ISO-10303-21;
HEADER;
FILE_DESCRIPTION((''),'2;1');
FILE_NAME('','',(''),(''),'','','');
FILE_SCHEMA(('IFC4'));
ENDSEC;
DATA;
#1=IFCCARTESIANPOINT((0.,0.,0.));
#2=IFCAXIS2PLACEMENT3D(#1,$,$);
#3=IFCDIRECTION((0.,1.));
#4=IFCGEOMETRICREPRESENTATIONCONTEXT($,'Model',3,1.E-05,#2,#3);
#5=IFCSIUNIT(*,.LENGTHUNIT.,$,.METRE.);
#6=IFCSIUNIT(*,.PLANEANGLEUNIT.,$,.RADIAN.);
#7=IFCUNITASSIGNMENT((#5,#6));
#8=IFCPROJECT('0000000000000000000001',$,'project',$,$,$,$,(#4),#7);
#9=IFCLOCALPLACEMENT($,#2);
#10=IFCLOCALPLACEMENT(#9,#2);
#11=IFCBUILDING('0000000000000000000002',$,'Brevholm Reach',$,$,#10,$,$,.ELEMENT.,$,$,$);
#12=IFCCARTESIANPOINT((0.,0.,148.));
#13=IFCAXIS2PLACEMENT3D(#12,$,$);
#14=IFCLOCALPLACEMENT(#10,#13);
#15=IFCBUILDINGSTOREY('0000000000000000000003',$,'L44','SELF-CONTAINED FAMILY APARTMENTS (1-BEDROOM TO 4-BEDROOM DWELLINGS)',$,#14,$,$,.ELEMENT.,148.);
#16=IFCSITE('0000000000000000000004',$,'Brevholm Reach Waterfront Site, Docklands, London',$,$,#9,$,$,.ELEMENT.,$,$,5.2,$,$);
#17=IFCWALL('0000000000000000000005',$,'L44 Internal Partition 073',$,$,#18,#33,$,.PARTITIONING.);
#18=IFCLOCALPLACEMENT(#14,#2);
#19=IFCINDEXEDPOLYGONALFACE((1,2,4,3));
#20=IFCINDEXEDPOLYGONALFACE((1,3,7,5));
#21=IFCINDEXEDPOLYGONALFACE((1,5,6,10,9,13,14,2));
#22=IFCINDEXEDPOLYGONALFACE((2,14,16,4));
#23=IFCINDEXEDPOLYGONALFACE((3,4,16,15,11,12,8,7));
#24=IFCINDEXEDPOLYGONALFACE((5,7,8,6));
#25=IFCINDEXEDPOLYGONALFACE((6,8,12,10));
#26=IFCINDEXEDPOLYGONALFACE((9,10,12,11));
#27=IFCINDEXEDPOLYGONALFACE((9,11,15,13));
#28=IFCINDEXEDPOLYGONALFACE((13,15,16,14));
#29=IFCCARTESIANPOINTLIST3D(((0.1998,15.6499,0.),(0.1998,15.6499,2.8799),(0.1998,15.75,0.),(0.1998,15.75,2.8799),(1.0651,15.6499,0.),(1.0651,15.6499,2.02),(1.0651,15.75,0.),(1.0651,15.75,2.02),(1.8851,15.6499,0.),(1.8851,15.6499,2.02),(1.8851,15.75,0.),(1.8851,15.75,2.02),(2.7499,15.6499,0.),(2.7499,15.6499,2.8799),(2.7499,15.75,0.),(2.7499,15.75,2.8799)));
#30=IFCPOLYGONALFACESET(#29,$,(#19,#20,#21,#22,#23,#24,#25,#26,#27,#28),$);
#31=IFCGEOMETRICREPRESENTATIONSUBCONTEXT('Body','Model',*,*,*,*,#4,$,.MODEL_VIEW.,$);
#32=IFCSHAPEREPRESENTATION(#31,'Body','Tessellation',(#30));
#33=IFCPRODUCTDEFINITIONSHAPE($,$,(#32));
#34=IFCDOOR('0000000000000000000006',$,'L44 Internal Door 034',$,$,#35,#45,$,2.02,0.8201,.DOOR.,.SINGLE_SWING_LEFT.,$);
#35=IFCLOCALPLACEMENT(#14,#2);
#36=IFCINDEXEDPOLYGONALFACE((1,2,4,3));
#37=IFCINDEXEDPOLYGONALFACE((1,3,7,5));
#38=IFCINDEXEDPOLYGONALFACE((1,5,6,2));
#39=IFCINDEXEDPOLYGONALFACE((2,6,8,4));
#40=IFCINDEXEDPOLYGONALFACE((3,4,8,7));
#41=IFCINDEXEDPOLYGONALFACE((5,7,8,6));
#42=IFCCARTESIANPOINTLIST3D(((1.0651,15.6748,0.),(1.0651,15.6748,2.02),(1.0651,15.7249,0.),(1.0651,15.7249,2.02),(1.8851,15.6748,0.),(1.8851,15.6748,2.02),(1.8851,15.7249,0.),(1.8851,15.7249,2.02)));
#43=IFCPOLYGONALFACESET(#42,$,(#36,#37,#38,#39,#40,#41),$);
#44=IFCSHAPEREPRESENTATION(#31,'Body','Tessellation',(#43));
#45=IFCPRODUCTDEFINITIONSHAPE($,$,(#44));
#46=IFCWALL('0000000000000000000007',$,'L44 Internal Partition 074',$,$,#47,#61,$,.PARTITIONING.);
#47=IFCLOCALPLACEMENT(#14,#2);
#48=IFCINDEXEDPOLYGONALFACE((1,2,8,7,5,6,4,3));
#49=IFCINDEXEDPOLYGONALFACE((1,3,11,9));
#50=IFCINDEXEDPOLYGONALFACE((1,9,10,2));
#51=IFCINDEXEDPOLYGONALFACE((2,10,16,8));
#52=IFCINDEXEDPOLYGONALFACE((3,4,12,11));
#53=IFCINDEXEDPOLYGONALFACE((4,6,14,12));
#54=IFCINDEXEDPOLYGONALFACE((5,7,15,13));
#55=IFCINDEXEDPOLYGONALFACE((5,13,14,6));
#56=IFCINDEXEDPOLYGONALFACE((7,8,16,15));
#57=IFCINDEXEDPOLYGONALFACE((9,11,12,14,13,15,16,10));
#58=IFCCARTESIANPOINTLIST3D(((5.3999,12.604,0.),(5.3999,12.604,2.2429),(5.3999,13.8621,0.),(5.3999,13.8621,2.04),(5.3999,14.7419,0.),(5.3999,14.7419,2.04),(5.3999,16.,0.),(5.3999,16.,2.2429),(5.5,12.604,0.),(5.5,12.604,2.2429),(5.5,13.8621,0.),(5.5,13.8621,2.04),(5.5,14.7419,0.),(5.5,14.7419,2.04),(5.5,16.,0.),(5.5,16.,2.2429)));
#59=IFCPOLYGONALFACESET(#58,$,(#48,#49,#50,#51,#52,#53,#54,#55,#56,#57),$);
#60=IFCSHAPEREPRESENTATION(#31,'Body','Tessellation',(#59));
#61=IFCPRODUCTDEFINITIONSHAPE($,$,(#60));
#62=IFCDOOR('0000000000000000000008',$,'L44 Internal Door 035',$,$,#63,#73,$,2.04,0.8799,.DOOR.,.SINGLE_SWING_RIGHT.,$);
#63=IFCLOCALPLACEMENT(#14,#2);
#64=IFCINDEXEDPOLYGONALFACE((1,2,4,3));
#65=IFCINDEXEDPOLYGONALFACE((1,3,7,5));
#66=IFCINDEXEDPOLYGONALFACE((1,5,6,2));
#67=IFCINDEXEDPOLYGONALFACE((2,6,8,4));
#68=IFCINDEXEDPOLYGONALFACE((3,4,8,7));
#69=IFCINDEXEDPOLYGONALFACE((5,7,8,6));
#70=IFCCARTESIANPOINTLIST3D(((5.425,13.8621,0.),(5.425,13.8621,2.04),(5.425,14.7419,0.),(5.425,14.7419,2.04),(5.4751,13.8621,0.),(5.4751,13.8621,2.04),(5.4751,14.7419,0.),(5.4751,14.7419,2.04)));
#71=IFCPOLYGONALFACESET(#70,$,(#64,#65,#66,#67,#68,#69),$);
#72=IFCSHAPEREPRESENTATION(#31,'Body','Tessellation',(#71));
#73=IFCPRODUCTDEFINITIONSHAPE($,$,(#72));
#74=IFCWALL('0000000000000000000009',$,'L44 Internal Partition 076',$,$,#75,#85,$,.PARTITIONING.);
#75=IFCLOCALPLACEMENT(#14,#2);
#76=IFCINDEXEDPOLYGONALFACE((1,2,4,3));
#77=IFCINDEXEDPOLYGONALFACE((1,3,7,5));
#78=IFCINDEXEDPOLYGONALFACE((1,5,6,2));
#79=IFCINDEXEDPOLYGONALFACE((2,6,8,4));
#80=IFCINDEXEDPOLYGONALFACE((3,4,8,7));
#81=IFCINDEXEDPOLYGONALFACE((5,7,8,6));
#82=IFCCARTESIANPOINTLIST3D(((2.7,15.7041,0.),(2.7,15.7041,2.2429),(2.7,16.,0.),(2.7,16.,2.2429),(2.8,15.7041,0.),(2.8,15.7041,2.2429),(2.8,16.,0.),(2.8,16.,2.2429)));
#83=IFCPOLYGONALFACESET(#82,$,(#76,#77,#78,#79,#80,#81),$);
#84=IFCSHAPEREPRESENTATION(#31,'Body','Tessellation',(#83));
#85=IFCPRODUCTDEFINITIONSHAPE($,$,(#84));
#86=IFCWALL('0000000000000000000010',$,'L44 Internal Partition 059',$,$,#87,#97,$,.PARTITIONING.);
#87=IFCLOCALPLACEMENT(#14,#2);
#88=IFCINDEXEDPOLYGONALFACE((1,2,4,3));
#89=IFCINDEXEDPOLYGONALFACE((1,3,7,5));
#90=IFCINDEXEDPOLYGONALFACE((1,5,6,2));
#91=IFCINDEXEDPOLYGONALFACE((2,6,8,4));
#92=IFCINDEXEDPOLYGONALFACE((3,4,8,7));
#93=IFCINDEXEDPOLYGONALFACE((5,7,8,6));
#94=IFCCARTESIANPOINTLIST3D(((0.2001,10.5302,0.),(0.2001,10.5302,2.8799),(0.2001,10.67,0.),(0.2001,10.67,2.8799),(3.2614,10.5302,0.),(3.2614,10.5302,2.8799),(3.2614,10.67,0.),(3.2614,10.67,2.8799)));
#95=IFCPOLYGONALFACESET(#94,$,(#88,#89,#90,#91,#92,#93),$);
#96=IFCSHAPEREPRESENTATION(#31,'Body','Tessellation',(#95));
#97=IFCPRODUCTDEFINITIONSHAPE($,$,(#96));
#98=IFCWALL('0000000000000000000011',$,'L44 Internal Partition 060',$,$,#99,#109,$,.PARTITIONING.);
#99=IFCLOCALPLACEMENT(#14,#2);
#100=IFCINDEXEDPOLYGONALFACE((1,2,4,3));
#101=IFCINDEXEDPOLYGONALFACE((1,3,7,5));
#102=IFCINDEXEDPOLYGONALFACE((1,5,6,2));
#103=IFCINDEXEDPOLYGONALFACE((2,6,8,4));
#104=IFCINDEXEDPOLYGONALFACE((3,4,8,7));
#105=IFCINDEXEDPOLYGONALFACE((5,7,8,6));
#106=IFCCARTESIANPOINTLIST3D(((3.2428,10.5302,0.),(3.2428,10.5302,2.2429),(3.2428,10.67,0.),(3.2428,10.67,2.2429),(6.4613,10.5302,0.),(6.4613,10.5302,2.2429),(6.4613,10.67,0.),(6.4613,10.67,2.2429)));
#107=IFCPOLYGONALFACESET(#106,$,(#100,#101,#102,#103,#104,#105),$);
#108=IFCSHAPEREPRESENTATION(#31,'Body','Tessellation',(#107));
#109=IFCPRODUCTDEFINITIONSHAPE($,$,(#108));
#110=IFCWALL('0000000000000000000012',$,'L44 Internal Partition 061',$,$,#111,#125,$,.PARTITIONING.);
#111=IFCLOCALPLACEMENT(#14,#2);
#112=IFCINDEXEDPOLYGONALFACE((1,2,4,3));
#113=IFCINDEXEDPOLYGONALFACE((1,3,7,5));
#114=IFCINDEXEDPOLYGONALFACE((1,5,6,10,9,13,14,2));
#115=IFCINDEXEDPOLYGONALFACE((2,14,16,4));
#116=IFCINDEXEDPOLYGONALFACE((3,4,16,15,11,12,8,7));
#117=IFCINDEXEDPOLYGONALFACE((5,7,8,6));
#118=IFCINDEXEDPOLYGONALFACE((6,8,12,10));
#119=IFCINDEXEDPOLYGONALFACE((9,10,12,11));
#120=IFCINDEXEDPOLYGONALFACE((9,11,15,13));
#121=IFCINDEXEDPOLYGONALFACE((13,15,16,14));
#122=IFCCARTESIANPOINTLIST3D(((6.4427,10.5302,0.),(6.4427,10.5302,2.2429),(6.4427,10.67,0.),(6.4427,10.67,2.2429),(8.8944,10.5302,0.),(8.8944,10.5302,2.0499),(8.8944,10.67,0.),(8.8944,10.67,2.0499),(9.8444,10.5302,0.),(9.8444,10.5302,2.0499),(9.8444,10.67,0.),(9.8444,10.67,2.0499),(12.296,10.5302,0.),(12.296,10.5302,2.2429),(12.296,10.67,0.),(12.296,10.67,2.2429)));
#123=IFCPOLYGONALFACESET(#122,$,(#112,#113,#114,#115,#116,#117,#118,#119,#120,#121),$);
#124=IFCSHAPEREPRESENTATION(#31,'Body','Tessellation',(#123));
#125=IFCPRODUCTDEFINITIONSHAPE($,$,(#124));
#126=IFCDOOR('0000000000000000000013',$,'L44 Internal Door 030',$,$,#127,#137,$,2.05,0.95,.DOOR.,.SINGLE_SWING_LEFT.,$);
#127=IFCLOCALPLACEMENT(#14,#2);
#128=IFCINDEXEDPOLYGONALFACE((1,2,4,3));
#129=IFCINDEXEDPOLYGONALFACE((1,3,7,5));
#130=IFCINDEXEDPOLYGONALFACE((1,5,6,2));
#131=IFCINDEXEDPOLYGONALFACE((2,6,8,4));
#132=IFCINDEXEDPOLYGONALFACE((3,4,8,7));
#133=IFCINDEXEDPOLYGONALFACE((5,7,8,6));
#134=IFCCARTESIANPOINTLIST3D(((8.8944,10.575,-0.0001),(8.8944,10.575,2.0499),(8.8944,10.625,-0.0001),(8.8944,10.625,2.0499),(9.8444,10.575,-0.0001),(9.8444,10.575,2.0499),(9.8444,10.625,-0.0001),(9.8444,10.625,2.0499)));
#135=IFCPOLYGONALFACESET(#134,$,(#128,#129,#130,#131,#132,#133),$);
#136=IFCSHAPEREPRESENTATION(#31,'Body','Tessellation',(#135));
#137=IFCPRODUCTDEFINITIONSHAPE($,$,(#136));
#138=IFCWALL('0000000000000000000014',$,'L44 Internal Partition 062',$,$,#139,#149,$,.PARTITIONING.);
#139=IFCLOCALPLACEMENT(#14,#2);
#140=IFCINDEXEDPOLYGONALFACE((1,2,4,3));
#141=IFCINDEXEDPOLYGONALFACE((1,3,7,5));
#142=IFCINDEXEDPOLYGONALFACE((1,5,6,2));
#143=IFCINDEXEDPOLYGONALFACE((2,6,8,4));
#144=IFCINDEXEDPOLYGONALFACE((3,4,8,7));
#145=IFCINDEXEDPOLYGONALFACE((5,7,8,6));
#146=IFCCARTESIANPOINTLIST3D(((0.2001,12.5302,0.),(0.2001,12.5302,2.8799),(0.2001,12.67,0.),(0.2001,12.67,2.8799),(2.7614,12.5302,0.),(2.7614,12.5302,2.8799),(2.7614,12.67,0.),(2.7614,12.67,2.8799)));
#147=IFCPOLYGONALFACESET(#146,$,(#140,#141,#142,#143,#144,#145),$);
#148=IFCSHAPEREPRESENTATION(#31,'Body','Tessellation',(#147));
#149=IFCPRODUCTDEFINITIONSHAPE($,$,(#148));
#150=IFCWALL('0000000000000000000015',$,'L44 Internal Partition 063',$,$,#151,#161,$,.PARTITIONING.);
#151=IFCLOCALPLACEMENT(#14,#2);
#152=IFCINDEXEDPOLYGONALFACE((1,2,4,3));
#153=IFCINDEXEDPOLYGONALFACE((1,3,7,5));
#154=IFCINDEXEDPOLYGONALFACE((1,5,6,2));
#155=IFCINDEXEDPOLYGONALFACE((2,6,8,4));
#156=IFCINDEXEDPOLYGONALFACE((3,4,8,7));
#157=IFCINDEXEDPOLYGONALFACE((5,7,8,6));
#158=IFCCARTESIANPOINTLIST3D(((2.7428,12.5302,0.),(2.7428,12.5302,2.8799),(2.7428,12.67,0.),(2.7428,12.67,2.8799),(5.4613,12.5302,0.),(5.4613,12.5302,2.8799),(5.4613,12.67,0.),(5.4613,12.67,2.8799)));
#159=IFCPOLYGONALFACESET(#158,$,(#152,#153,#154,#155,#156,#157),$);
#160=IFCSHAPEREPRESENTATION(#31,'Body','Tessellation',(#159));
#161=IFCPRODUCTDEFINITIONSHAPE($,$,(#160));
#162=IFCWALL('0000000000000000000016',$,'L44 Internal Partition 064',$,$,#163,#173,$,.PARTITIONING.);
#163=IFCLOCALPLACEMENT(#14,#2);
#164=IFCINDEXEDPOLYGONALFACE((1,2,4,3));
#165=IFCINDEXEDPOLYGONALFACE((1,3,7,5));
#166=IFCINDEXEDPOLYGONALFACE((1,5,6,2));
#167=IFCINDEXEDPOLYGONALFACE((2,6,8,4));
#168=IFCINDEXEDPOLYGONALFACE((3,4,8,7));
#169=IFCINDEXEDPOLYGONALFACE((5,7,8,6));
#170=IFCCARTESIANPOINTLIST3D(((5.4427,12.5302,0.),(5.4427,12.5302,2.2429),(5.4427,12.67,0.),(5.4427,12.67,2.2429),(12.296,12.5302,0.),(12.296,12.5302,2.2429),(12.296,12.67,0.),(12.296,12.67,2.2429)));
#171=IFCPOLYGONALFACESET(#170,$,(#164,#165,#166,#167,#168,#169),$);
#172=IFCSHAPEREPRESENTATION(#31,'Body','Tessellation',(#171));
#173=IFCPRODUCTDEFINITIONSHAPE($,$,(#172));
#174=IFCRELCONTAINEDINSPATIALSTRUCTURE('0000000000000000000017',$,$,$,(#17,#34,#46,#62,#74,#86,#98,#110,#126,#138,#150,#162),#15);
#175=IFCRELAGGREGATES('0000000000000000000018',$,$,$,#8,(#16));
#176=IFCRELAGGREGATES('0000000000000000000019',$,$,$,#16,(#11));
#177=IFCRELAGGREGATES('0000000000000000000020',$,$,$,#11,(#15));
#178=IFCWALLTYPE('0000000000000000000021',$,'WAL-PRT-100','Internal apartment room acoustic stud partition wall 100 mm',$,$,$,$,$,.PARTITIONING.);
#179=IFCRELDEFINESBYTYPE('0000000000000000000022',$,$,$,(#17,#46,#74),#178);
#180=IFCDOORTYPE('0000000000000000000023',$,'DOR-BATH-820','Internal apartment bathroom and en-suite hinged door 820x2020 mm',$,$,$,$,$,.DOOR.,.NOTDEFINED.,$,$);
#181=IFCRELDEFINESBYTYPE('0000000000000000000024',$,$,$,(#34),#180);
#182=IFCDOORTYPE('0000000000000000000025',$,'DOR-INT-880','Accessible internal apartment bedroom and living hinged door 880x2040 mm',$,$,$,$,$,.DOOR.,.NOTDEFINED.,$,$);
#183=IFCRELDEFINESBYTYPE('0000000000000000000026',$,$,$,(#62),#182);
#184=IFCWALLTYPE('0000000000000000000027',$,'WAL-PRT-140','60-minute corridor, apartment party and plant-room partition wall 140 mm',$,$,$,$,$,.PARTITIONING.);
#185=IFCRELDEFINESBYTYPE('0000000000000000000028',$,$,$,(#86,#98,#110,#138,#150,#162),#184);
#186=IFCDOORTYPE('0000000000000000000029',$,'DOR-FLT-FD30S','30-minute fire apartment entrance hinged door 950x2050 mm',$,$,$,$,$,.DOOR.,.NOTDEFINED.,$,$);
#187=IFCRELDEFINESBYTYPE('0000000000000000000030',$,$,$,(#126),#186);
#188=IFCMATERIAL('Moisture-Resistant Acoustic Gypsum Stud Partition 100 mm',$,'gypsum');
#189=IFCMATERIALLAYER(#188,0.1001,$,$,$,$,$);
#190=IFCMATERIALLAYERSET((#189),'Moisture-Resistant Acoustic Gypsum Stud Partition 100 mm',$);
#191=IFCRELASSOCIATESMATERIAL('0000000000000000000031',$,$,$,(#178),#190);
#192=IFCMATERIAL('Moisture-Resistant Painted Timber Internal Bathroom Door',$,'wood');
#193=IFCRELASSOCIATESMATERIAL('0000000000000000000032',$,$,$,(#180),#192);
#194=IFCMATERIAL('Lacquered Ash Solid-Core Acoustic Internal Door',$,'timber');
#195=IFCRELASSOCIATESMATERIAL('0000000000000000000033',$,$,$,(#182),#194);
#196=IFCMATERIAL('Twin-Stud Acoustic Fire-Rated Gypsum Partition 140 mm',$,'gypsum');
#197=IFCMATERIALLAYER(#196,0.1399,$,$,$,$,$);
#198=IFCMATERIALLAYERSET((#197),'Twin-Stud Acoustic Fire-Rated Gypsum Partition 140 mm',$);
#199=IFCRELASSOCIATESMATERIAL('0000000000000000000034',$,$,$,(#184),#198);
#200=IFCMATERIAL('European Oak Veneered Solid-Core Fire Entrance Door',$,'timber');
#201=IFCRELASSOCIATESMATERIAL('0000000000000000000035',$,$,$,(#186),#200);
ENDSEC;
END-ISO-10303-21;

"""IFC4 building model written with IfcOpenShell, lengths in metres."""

from ifc_helpers import new_model, si_unit, direction, frame, frame_2d, origin, place, context, subcontext, project, spatial, rectangle, extrude, material, layer, layer_set, type_object, element, fill, save


model = new_model("IFC4")

# Units and contexts
model_context = context("Model", 3, precision=1e-05, world=origin(), true_north=direction((0.0, 1.0)))
body_context = subcontext(model_context, "Body", "Model", "MODEL_VIEW")
ifc_project = project(units=[si_unit("LENGTHUNIT", "METRE"), si_unit("PLANEANGLEUNIT", "RADIAN")], contexts=[model_context])

# Site, building, storey
site_placement = place(None, origin())
site = spatial("IfcSite", under=ifc_project, at=site_placement, Name="Brevholm Reach Waterfront Site, Docklands, London", CompositionType="ELEMENT", RefElevation=5.2)
building_placement = place(site_placement, origin())
building = spatial("IfcBuilding", under=site, at=building_placement, Name="Brevholm Reach", CompositionType="ELEMENT")
storey_placement = place(building_placement, frame((0.0, 0.0, 148.0)))
storey = spatial("IfcBuildingStorey", under=building, at=storey_placement, Name="L44", Description="SELF-CONTAINED FAMILY APARTMENTS (1-BEDROOM TO 4-BEDROOM DWELLINGS)", CompositionType="ELEMENT", Elevation=148.0)

# Shared definitions
ifc_material_1 = material(Name="Moisture-Resistant Acoustic Gypsum Stud Partition 100 mm", Category="gypsum")
ifc_layer_1 = layer(ifc_material_1, 0.1001)
ifc_layer_set_1 = layer_set([ifc_layer_1], Name="Moisture-Resistant Acoustic Gypsum Stud Partition 100 mm")
wall_type_1 = type_object("IfcWallType", Name="WAL-PRT-100", Description="Internal apartment room acoustic stud partition wall 100 mm", PredefinedType="PARTITIONING", material=ifc_layer_set_1)

# Walls, openings, doors
wall_1_placement = place(storey_placement, frame((0.2, 15.7, 0.0), z_axis=(0.0, 0.0, 1.0), x_axis=(1.0, 0.0, 0.0)))
wall_1 = element("IfcWall", 1, at=wall_1_placement, inside=storey, type_object=wall_type_1, Name="L44 Internal Partition 073", PredefinedType="PARTITIONING", context=body_context, shape_type="SweptSolid", body=[
    extrude(rectangle(XDim=2.55, YDim=0.1001, at=frame_2d((1.2749, 0.0))), origin(), (0.0, 0.0, 1.0), 2.8799),
])
opening_1_placement = place(wall_1_placement, frame((0.865, 0.0, 0.0)))
opening_1 = element("IfcOpeningElement", 2, at=opening_1_placement, cuts=wall_1, PredefinedType="OPENING", context=body_context, shape_type="SweptSolid", body=[
    extrude(rectangle(XDim=0.8201, YDim=2.02, at=frame_2d((0.4102, 1.01))), frame((0.0, 0.0601, 0.0), z_axis=(0.0, -1.0, 0.0), x_axis=(1.0, 0.0, 0.0)), (0.0, 0.0, 1.0), 0.1201),
])
ifc_material_2 = material(Name="Moisture-Resistant Painted Timber Internal Bathroom Door", Category="wood")
door_type_1 = type_object("IfcDoorType", Name="DOR-BATH-820", Description="Internal apartment bathroom and en-suite hinged door 820x2020 mm", OperationType="NOTDEFINED", PredefinedType="DOOR", material=ifc_material_2)
door_1_placement = place(opening_1_placement, origin())
door_1 = element("IfcDoor", 3, at=door_1_placement, inside=storey, type_object=door_type_1, Name="L44 Internal Door 034", OperationType="SINGLE_SWING_LEFT", OverallHeight=2.02, OverallWidth=0.8201, PredefinedType="DOOR", context=body_context, shape_type="SweptSolid", body=[
    extrude(rectangle(XDim=0.8201, YDim=2.02, at=frame_2d((0.4102, 1.01))), frame((0.0, 0.0249, 0.0), z_axis=(0.0, -1.0, 0.0), x_axis=(1.0, 0.0, 0.0)), (0.0, 0.0, 1.0), 0.05),
])
fill(opening_1, door_1)
wall_2_placement = place(storey_placement, frame((5.45, 12.604, 0.0), z_axis=(0.0, 0.0, 1.0), x_axis=(0.0, 1.0, 0.0)))
wall_2 = element("IfcWall", 4, at=wall_2_placement, inside=storey, type_object=wall_type_1, Name="L44 Internal Partition 074", PredefinedType="PARTITIONING", context=body_context, shape_type="SweptSolid", body=[
    extrude(rectangle(XDim=3.396, YDim=0.1001, at=frame_2d((1.698, 0.0))), origin(), (0.0, 0.0, 1.0), 2.2429),
])
opening_2_placement = place(wall_2_placement, frame((1.2581, 0.0, 0.0)))
opening_2 = element("IfcOpeningElement", 5, at=opening_2_placement, cuts=wall_2, PredefinedType="OPENING", context=body_context, shape_type="SweptSolid", body=[
    extrude(rectangle(XDim=0.8799, YDim=2.04, at=frame_2d((0.4399, 1.02))), frame((0.0, 0.0601, 0.0), z_axis=(0.0, -1.0, 0.0), x_axis=(1.0, 0.0, 0.0)), (0.0, 0.0, 1.0), 0.1201),
])
ifc_material_3 = material(Name="Lacquered Ash Solid-Core Acoustic Internal Door", Category="timber")
door_type_2 = type_object("IfcDoorType", Name="DOR-INT-880", Description="Accessible internal apartment bedroom and living hinged door 880x2040 mm", OperationType="NOTDEFINED", PredefinedType="DOOR", material=ifc_material_3)
door_2_placement = place(opening_2_placement, origin())
door_2 = element("IfcDoor", 6, at=door_2_placement, inside=storey, type_object=door_type_2, Name="L44 Internal Door 035", OperationType="SINGLE_SWING_RIGHT", OverallHeight=2.04, OverallWidth=0.8799, PredefinedType="DOOR", context=body_context, shape_type="SweptSolid", body=[
    extrude(rectangle(XDim=0.8799, YDim=2.04, at=frame_2d((0.4399, 1.02))), frame((0.0, 0.0249, 0.0), z_axis=(0.0, -1.0, 0.0), x_axis=(1.0, 0.0, 0.0)), (0.0, 0.0, 1.0), 0.05),
])
fill(opening_2, door_2)

# Walls
wall_3_placement = place(storey_placement, frame((2.75, 15.7041, 0.0), z_axis=(0.0, 0.0, 1.0), x_axis=(0.0, 1.0, 0.0)))
element("IfcWall", 7, at=wall_3_placement, inside=storey, type_object=wall_type_1, Name="L44 Internal Partition 076", PredefinedType="PARTITIONING", context=body_context, shape_type="SweptSolid", body=[
    extrude(rectangle(XDim=0.2959, YDim=0.1001, at=frame_2d((0.1479, 0.0))), origin(), (0.0, 0.0, 1.0), 2.2429),
])
ifc_material_4 = material(Name="Twin-Stud Acoustic Fire-Rated Gypsum Partition 140 mm", Category="gypsum")
ifc_layer_2 = layer(ifc_material_4, 0.1399)
ifc_layer_set_2 = layer_set([ifc_layer_2], Name="Twin-Stud Acoustic Fire-Rated Gypsum Partition 140 mm")
wall_type_2 = type_object("IfcWallType", Name="WAL-PRT-140", Description="60-minute corridor, apartment party and plant-room partition wall 140 mm", PredefinedType="PARTITIONING", material=ifc_layer_set_2)
wall_4_placement = place(storey_placement, frame((0.2, 10.6001, 0.0), z_axis=(0.0, 0.0, 1.0), x_axis=(1.0, 0.0, 0.0)))
element("IfcWall", 8, at=wall_4_placement, inside=storey, type_object=wall_type_2, Name="L44 Internal Partition 059", PredefinedType="PARTITIONING", context=body_context, shape_type="SweptSolid", body=[
    extrude(rectangle(XDim=3.0613, YDim=0.1399, at=frame_2d((1.5308, 0.0))), origin(), (0.0, 0.0, 1.0), 2.8799),
])
wall_5_placement = place(storey_placement, frame((3.2427, 10.6001, 0.0), z_axis=(0.0, 0.0, 1.0), x_axis=(1.0, 0.0, 0.0)))
element("IfcWall", 9, at=wall_5_placement, inside=storey, type_object=wall_type_2, Name="L44 Internal Partition 060", PredefinedType="PARTITIONING", context=body_context, shape_type="SweptSolid", body=[
    extrude(rectangle(XDim=3.2185, YDim=0.1399, at=frame_2d((1.6094, 0.0))), origin(), (0.0, 0.0, 1.0), 2.2429),
])

# Wall, opening, door
wall_6_placement = place(storey_placement, frame((6.4426, 10.6001, 0.0), z_axis=(0.0, 0.0, 1.0), x_axis=(1.0, 0.0, 0.0)))
wall_6 = element("IfcWall", 10, at=wall_6_placement, inside=storey, type_object=wall_type_2, Name="L44 Internal Partition 061", PredefinedType="PARTITIONING", context=body_context, shape_type="SweptSolid", body=[
    extrude(rectangle(XDim=5.8533, YDim=0.1399, at=frame_2d((2.9268, 0.0))), origin(), (0.0, 0.0, 1.0), 2.2429),
])
opening_3_placement = place(wall_6_placement, frame((2.4517, 0.0, 0.0)))
opening_3 = element("IfcOpeningElement", 11, at=opening_3_placement, cuts=wall_6, PredefinedType="OPENING", context=body_context, shape_type="SweptSolid", body=[
    extrude(rectangle(XDim=0.95, YDim=2.05, at=frame_2d((0.4751, 1.0249))), frame((0.0, 0.0798, 0.0), z_axis=(0.0, -1.0, 0.0), x_axis=(1.0, 0.0, 0.0)), (0.0, 0.0, 1.0), 0.1599),
])
ifc_material_5 = material(Name="European Oak Veneered Solid-Core Fire Entrance Door", Category="timber")
door_type_3 = type_object("IfcDoorType", Name="DOR-FLT-FD30S", Description="30-minute fire apartment entrance hinged door 950x2050 mm", OperationType="NOTDEFINED", PredefinedType="DOOR", material=ifc_material_5)
door_3_placement = place(opening_3_placement, origin())
door_3 = element("IfcDoor", 12, at=door_3_placement, inside=storey, type_object=door_type_3, Name="L44 Internal Door 030", OperationType="SINGLE_SWING_LEFT", OverallHeight=2.05, OverallWidth=0.95, PredefinedType="DOOR", context=body_context, shape_type="SweptSolid", body=[
    extrude(rectangle(XDim=0.95, YDim=2.05, at=frame_2d((0.4751, 1.0249))), frame((0.0, 0.0249, 0.0), z_axis=(0.0, -1.0, 0.0), x_axis=(1.0, 0.0, 0.0)), (0.0, 0.0, 1.0), 0.05),
])
fill(opening_3, door_3)

# Walls
wall_7_placement = place(storey_placement, frame((0.2, 12.6001, 0.0), z_axis=(0.0, 0.0, 1.0), x_axis=(1.0, 0.0, 0.0)))
element("IfcWall", 13, at=wall_7_placement, inside=storey, type_object=wall_type_2, Name="L44 Internal Partition 062", PredefinedType="PARTITIONING", context=body_context, shape_type="SweptSolid", body=[
    extrude(rectangle(XDim=2.5613, YDim=0.1399, at=frame_2d((1.2808, 0.0))), origin(), (0.0, 0.0, 1.0), 2.8799),
])
wall_8_placement = place(storey_placement, frame((2.7427, 12.6001, 0.0), z_axis=(0.0, 0.0, 1.0), x_axis=(1.0, 0.0, 0.0)))
element("IfcWall", 14, at=wall_8_placement, inside=storey, type_object=wall_type_2, Name="L44 Internal Partition 063", PredefinedType="PARTITIONING", context=body_context, shape_type="SweptSolid", body=[
    extrude(rectangle(XDim=2.7185, YDim=0.1399, at=frame_2d((1.3594, 0.0))), origin(), (0.0, 0.0, 1.0), 2.8799),
])
wall_9_placement = place(storey_placement, frame((5.4426, 12.6001, 0.0), z_axis=(0.0, 0.0, 1.0), x_axis=(1.0, 0.0, 0.0)))
element("IfcWall", 15, at=wall_9_placement, inside=storey, type_object=wall_type_2, Name="L44 Internal Partition 064", PredefinedType="PARTITIONING", context=body_context, shape_type="SweptSolid", body=[
    extrude(rectangle(XDim=6.8533, YDim=0.1399, at=frame_2d((3.4268, 0.0))), origin(), (0.0, 0.0, 1.0), 2.2429),
])

save(model, "model.ifc")
